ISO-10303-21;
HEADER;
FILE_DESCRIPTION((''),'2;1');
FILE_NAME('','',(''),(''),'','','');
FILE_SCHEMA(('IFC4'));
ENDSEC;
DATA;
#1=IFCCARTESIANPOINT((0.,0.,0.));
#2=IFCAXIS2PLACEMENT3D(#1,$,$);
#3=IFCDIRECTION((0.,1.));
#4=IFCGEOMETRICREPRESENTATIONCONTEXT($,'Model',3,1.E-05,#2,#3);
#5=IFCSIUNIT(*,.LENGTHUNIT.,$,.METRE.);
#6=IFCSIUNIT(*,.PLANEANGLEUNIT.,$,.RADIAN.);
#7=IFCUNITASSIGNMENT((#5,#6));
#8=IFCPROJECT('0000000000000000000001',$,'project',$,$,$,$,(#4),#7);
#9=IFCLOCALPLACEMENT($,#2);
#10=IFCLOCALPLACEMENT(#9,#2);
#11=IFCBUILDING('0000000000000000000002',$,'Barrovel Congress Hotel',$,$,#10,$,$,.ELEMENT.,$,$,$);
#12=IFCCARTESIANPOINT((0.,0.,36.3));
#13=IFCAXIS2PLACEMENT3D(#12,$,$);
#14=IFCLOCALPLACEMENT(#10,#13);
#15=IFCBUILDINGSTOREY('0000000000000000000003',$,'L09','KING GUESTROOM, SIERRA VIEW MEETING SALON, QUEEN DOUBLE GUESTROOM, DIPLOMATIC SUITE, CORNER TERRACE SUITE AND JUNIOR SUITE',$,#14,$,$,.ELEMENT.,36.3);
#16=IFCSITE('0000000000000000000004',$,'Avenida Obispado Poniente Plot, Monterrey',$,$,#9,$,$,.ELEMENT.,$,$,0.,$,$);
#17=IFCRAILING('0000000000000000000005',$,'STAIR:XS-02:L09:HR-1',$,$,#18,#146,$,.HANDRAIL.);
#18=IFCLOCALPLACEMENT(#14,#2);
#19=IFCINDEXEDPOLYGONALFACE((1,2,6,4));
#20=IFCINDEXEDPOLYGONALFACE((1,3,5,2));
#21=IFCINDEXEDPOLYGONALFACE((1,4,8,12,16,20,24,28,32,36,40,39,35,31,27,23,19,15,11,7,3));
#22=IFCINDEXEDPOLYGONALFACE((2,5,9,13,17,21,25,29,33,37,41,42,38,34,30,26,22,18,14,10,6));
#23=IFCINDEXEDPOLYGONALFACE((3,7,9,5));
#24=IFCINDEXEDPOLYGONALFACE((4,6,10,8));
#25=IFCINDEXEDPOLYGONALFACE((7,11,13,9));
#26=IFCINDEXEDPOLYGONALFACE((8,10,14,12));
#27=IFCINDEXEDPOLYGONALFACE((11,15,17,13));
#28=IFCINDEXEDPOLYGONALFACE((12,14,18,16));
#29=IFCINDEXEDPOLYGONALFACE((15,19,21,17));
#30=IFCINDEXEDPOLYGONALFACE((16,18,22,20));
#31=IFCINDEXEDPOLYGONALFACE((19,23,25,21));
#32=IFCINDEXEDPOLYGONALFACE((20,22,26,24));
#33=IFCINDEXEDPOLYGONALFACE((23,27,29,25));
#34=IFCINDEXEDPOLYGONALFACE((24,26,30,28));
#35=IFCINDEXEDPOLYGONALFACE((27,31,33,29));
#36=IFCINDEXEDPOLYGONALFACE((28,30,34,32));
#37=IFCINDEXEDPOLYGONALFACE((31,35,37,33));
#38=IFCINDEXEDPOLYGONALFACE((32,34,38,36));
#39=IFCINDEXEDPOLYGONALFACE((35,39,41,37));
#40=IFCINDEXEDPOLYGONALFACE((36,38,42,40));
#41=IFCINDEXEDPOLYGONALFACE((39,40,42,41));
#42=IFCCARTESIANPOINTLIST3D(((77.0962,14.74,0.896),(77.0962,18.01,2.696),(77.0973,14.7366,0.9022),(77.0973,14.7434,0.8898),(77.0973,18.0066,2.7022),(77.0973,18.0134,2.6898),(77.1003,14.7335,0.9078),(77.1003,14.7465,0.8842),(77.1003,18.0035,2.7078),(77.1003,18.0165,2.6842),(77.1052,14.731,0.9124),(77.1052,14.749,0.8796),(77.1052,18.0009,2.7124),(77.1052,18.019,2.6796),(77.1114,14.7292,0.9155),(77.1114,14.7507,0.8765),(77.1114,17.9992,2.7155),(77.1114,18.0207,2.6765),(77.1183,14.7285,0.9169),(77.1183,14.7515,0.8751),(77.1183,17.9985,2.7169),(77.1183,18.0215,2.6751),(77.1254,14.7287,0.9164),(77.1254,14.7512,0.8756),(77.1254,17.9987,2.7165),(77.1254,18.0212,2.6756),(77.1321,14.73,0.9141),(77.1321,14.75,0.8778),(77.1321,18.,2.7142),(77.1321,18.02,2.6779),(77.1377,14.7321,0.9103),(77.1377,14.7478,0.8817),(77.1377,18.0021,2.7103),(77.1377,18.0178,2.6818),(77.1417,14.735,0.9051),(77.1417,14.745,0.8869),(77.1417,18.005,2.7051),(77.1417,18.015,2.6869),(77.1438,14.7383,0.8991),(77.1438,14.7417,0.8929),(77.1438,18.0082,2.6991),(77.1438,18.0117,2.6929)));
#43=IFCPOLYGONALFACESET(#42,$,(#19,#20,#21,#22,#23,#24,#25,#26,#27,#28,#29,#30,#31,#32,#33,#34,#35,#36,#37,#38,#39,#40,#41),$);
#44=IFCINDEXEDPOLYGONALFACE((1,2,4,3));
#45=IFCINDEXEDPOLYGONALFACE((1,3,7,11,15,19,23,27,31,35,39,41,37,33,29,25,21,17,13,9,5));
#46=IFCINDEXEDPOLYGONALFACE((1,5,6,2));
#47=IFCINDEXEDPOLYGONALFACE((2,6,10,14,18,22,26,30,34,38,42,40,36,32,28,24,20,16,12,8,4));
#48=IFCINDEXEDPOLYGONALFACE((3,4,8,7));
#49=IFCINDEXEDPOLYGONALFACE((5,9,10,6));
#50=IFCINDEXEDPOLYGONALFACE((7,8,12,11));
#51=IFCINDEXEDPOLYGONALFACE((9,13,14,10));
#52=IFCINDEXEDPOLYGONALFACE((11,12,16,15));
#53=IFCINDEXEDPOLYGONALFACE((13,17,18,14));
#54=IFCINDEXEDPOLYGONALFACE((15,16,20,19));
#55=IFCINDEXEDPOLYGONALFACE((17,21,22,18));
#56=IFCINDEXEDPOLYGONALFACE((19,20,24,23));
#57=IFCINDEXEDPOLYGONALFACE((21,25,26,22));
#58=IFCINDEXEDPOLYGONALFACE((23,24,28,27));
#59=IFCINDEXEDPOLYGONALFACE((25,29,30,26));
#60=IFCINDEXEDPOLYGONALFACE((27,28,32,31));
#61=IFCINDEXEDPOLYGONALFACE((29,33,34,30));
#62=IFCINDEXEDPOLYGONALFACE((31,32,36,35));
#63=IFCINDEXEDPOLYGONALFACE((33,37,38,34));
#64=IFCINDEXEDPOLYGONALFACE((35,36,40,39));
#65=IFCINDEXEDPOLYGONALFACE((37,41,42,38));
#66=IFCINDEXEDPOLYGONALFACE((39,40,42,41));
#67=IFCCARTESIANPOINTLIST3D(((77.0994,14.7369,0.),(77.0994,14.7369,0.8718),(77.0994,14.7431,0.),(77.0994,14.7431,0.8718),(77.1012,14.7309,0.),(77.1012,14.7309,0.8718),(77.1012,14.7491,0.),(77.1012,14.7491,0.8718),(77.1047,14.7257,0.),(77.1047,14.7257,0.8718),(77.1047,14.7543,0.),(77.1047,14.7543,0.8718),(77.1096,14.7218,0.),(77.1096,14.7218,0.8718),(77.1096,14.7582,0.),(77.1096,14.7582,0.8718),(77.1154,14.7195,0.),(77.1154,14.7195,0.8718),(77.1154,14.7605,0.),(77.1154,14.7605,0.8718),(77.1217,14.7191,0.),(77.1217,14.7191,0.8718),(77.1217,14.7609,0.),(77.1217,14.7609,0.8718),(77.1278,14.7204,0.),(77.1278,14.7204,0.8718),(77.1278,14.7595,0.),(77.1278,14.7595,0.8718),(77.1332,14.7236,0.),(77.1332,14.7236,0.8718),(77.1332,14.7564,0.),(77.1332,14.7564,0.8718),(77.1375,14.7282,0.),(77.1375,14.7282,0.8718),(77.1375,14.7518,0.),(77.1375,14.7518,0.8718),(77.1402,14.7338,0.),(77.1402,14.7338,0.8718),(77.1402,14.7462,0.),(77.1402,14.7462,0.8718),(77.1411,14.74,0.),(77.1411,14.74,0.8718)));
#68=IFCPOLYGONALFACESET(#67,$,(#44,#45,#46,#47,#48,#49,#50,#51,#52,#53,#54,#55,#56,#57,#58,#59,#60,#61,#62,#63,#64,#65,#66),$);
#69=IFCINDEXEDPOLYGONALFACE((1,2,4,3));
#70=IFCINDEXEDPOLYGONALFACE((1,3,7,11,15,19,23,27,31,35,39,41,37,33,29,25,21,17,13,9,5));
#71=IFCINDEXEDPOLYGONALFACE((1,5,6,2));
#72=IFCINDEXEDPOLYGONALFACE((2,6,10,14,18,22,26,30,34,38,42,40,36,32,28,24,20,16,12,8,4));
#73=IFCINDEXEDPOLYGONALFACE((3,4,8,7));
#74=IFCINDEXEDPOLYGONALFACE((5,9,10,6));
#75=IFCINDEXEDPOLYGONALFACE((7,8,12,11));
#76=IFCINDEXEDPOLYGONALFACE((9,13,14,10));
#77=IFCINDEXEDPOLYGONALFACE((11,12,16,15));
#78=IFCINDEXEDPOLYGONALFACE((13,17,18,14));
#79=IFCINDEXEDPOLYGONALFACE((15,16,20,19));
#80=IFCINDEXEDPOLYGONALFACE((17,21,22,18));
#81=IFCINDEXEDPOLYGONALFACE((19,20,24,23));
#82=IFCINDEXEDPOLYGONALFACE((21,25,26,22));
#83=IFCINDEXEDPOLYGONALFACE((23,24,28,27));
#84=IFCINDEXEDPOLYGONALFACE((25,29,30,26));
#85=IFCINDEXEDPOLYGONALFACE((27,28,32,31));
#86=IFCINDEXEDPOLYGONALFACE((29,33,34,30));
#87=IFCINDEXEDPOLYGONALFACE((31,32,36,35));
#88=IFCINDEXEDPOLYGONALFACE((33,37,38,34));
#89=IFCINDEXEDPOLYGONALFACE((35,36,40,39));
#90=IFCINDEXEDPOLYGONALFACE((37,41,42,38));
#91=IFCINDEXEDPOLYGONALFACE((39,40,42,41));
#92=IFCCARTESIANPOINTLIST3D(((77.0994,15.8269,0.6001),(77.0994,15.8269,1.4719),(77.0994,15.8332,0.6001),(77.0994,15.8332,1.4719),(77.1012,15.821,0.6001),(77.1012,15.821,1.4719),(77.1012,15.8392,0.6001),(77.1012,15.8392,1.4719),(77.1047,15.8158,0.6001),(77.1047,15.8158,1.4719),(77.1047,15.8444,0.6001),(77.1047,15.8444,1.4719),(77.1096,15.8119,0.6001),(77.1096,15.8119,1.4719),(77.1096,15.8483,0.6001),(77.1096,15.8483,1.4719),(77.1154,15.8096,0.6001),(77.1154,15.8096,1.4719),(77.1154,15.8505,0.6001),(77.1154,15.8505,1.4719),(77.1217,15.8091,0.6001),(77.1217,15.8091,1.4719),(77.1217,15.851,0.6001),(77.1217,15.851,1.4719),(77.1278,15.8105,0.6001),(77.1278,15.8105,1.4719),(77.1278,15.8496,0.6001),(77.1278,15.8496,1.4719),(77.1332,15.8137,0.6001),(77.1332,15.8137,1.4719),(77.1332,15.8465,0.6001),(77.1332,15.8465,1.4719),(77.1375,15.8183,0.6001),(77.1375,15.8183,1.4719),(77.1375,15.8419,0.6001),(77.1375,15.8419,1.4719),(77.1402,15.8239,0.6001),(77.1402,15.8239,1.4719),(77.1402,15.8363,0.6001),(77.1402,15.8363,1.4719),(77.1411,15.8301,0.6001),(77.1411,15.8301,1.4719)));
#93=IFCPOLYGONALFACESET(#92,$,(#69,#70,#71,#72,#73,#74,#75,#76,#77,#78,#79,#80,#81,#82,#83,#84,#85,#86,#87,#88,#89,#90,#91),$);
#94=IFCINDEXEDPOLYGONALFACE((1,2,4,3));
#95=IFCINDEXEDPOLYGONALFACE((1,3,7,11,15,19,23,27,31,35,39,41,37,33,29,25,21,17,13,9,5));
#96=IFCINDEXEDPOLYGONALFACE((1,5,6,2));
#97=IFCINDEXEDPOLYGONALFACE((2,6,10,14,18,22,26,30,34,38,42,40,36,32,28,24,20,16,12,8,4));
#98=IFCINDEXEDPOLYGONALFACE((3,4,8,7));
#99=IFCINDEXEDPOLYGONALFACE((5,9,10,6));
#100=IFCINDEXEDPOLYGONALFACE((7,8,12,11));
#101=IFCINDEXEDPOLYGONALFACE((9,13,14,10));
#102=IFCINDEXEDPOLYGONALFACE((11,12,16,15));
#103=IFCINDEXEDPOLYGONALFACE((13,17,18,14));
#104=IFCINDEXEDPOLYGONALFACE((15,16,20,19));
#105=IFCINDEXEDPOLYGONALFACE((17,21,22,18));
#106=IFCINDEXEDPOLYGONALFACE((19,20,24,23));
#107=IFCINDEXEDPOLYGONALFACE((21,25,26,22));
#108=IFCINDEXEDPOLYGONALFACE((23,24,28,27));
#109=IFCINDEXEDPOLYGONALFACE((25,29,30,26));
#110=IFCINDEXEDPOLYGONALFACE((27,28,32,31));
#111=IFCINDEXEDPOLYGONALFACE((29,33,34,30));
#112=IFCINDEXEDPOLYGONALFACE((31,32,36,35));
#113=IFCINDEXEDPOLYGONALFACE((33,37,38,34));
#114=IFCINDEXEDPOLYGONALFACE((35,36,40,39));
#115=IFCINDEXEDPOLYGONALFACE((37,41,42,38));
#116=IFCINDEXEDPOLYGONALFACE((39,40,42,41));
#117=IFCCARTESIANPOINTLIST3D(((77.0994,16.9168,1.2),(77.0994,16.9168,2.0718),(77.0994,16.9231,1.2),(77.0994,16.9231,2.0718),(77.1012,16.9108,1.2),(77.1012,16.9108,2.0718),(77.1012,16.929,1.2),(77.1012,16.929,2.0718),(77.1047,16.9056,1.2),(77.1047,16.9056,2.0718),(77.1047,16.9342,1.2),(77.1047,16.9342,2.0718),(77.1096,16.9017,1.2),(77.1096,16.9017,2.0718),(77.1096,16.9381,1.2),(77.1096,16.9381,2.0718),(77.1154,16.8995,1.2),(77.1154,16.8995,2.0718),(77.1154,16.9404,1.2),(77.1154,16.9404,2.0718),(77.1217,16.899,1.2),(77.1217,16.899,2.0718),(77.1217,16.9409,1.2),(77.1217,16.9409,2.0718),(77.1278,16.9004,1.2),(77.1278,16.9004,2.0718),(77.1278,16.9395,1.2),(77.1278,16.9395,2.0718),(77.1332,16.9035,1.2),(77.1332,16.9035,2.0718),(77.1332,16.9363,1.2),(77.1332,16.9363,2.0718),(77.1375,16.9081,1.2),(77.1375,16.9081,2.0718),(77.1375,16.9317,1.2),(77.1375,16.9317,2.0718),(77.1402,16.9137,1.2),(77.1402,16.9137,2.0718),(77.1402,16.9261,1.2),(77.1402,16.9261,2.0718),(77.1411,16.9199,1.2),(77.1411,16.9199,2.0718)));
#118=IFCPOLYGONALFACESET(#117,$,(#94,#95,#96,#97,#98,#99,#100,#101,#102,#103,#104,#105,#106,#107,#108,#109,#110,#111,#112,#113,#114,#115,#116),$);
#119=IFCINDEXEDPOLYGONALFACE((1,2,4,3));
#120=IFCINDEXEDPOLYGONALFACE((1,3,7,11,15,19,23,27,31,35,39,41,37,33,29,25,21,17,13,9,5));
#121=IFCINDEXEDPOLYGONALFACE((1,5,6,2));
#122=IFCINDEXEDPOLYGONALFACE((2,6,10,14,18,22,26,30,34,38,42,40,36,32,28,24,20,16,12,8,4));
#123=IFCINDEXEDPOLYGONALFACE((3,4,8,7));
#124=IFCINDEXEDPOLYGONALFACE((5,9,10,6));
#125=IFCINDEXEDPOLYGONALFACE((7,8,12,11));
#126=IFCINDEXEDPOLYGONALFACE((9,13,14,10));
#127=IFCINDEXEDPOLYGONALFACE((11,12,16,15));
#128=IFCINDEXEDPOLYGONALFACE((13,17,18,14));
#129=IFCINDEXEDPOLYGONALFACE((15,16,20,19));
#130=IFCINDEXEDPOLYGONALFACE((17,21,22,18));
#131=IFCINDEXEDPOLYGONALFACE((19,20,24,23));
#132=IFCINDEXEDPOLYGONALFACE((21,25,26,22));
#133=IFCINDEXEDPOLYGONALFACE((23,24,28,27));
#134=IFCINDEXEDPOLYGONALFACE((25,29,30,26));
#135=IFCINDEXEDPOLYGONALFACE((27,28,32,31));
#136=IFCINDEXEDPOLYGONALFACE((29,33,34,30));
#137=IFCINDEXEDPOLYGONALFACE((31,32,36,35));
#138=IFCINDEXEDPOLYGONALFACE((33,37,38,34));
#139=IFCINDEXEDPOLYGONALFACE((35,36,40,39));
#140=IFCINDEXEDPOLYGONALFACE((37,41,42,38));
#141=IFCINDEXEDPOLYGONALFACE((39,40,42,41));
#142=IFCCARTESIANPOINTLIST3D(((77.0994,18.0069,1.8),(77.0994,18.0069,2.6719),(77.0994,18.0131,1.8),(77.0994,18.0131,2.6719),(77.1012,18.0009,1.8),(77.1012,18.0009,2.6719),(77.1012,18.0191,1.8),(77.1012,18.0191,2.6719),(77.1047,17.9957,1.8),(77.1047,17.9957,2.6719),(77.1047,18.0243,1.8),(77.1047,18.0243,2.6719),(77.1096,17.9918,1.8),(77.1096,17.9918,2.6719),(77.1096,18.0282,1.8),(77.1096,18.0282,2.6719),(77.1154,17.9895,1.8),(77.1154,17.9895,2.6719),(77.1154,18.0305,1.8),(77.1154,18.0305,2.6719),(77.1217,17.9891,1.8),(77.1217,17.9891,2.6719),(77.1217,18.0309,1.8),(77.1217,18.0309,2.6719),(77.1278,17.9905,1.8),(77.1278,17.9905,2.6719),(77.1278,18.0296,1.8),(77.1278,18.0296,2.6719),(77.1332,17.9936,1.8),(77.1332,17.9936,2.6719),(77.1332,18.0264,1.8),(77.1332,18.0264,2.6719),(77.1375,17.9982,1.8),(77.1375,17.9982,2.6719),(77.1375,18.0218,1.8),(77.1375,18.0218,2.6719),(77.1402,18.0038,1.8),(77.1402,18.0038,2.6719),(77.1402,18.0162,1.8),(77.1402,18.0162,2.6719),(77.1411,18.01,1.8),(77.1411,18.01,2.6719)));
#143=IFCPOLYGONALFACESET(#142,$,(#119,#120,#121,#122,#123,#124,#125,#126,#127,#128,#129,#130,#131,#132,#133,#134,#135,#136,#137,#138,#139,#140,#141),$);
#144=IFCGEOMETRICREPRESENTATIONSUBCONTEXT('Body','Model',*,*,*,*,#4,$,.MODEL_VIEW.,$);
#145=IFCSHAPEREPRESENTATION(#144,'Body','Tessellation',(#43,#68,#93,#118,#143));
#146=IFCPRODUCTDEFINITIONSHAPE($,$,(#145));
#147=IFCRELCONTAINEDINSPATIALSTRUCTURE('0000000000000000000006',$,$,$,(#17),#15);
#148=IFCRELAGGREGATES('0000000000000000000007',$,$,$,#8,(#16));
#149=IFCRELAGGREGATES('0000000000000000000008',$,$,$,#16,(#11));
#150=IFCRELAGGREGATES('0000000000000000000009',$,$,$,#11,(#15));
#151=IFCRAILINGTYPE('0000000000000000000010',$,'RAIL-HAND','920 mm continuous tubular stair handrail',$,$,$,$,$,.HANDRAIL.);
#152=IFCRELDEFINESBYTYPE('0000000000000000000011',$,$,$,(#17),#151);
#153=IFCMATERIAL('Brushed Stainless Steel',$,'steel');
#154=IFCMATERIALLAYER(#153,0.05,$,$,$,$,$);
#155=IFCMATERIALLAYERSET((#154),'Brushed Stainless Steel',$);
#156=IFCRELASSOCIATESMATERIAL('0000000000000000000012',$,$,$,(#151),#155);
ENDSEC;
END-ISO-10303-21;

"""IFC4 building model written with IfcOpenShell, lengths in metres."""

from ifc_helpers import new_model, si_unit, direction, frame, origin, origin_2d, place, context, subcontext, project, spatial, circle, extrude, material, layer, layer_set, type_object, element, save


model = new_model("IFC4")

# Units and contexts
model_context = context("Model", 3, precision=1e-05, world=origin(), true_north=direction((0.0, 1.0)))
body_context = subcontext(model_context, "Body", "Model", "MODEL_VIEW")
ifc_project = project(units=[si_unit("LENGTHUNIT", "METRE"), si_unit("PLANEANGLEUNIT", "RADIAN")], contexts=[model_context])

# Site, building, storey
site_placement = place(None, origin())
site = spatial("IfcSite", under=ifc_project, at=site_placement, Name="Avenida Obispado Poniente Plot, Monterrey", CompositionType="ELEMENT", RefElevation=0.0)
building_placement = place(site_placement, origin())
building = spatial("IfcBuilding", under=site, at=building_placement, Name="Barrovel Congress Hotel", CompositionType="ELEMENT")
storey_placement = place(building_placement, frame((0.0, 0.0, 36.3)))
storey = spatial("IfcBuildingStorey", under=building, at=storey_placement, Name="L09", Description="KING GUESTROOM, SIERRA VIEW MEETING SALON, QUEEN DOUBLE GUESTROOM, DIPLOMATIC SUITE, CORNER TERRACE SUITE AND JUNIOR SUITE", CompositionType="ELEMENT", Elevation=36.3)

# Shared definitions
ifc_material_1 = material(Name="Brushed Stainless Steel", Category="steel")

# Railing
ifc_layer_1 = layer(ifc_material_1, 0.05)
ifc_layer_set_1 = layer_set([ifc_layer_1], Name="Brushed Stainless Steel")
railing_type_1 = type_object("IfcRailingType", Name="RAIL-HAND", Description="920 mm continuous tubular stair handrail", PredefinedType="HANDRAIL", material=ifc_layer_set_1)
railing_1_placement = place(storey_placement, frame((77.1201, 14.74, 0.0)))
element("IfcRailing", 1, at=railing_1_placement, inside=storey, type_object=railing_type_1, Name="STAIR:XS-02:L09:HR-1", PredefinedType="HANDRAIL", context=body_context, shape_type="SweptSolid", body=[
    extrude(circle(Radius=0.0239, at=origin_2d()), frame((0.0, 0.0, 0.896), z_axis=(0.0, 0.876042, 0.482235), x_axis=(-1.0, 0.0, 0.0)), (0.0, 0.0, 1.0), 3.7327),
    extrude(circle(Radius=0.021, at=origin_2d()), origin(), (0.0, 0.0, 1.0), 0.8718),
    extrude(circle(Radius=0.021, at=origin_2d()), frame((0.0, 1.0901, 0.6001)), (0.0, 0.0, 1.0), 0.8718),
    extrude(circle(Radius=0.021, at=origin_2d()), frame((0.0, 2.1799, 1.2)), (0.0, 0.0, 1.0), 0.8718),
    extrude(circle(Radius=0.021, at=origin_2d()), frame((0.0, 3.27, 1.8)), (0.0, 0.0, 1.0), 0.8718),
])

save(model, "model.ifc")
